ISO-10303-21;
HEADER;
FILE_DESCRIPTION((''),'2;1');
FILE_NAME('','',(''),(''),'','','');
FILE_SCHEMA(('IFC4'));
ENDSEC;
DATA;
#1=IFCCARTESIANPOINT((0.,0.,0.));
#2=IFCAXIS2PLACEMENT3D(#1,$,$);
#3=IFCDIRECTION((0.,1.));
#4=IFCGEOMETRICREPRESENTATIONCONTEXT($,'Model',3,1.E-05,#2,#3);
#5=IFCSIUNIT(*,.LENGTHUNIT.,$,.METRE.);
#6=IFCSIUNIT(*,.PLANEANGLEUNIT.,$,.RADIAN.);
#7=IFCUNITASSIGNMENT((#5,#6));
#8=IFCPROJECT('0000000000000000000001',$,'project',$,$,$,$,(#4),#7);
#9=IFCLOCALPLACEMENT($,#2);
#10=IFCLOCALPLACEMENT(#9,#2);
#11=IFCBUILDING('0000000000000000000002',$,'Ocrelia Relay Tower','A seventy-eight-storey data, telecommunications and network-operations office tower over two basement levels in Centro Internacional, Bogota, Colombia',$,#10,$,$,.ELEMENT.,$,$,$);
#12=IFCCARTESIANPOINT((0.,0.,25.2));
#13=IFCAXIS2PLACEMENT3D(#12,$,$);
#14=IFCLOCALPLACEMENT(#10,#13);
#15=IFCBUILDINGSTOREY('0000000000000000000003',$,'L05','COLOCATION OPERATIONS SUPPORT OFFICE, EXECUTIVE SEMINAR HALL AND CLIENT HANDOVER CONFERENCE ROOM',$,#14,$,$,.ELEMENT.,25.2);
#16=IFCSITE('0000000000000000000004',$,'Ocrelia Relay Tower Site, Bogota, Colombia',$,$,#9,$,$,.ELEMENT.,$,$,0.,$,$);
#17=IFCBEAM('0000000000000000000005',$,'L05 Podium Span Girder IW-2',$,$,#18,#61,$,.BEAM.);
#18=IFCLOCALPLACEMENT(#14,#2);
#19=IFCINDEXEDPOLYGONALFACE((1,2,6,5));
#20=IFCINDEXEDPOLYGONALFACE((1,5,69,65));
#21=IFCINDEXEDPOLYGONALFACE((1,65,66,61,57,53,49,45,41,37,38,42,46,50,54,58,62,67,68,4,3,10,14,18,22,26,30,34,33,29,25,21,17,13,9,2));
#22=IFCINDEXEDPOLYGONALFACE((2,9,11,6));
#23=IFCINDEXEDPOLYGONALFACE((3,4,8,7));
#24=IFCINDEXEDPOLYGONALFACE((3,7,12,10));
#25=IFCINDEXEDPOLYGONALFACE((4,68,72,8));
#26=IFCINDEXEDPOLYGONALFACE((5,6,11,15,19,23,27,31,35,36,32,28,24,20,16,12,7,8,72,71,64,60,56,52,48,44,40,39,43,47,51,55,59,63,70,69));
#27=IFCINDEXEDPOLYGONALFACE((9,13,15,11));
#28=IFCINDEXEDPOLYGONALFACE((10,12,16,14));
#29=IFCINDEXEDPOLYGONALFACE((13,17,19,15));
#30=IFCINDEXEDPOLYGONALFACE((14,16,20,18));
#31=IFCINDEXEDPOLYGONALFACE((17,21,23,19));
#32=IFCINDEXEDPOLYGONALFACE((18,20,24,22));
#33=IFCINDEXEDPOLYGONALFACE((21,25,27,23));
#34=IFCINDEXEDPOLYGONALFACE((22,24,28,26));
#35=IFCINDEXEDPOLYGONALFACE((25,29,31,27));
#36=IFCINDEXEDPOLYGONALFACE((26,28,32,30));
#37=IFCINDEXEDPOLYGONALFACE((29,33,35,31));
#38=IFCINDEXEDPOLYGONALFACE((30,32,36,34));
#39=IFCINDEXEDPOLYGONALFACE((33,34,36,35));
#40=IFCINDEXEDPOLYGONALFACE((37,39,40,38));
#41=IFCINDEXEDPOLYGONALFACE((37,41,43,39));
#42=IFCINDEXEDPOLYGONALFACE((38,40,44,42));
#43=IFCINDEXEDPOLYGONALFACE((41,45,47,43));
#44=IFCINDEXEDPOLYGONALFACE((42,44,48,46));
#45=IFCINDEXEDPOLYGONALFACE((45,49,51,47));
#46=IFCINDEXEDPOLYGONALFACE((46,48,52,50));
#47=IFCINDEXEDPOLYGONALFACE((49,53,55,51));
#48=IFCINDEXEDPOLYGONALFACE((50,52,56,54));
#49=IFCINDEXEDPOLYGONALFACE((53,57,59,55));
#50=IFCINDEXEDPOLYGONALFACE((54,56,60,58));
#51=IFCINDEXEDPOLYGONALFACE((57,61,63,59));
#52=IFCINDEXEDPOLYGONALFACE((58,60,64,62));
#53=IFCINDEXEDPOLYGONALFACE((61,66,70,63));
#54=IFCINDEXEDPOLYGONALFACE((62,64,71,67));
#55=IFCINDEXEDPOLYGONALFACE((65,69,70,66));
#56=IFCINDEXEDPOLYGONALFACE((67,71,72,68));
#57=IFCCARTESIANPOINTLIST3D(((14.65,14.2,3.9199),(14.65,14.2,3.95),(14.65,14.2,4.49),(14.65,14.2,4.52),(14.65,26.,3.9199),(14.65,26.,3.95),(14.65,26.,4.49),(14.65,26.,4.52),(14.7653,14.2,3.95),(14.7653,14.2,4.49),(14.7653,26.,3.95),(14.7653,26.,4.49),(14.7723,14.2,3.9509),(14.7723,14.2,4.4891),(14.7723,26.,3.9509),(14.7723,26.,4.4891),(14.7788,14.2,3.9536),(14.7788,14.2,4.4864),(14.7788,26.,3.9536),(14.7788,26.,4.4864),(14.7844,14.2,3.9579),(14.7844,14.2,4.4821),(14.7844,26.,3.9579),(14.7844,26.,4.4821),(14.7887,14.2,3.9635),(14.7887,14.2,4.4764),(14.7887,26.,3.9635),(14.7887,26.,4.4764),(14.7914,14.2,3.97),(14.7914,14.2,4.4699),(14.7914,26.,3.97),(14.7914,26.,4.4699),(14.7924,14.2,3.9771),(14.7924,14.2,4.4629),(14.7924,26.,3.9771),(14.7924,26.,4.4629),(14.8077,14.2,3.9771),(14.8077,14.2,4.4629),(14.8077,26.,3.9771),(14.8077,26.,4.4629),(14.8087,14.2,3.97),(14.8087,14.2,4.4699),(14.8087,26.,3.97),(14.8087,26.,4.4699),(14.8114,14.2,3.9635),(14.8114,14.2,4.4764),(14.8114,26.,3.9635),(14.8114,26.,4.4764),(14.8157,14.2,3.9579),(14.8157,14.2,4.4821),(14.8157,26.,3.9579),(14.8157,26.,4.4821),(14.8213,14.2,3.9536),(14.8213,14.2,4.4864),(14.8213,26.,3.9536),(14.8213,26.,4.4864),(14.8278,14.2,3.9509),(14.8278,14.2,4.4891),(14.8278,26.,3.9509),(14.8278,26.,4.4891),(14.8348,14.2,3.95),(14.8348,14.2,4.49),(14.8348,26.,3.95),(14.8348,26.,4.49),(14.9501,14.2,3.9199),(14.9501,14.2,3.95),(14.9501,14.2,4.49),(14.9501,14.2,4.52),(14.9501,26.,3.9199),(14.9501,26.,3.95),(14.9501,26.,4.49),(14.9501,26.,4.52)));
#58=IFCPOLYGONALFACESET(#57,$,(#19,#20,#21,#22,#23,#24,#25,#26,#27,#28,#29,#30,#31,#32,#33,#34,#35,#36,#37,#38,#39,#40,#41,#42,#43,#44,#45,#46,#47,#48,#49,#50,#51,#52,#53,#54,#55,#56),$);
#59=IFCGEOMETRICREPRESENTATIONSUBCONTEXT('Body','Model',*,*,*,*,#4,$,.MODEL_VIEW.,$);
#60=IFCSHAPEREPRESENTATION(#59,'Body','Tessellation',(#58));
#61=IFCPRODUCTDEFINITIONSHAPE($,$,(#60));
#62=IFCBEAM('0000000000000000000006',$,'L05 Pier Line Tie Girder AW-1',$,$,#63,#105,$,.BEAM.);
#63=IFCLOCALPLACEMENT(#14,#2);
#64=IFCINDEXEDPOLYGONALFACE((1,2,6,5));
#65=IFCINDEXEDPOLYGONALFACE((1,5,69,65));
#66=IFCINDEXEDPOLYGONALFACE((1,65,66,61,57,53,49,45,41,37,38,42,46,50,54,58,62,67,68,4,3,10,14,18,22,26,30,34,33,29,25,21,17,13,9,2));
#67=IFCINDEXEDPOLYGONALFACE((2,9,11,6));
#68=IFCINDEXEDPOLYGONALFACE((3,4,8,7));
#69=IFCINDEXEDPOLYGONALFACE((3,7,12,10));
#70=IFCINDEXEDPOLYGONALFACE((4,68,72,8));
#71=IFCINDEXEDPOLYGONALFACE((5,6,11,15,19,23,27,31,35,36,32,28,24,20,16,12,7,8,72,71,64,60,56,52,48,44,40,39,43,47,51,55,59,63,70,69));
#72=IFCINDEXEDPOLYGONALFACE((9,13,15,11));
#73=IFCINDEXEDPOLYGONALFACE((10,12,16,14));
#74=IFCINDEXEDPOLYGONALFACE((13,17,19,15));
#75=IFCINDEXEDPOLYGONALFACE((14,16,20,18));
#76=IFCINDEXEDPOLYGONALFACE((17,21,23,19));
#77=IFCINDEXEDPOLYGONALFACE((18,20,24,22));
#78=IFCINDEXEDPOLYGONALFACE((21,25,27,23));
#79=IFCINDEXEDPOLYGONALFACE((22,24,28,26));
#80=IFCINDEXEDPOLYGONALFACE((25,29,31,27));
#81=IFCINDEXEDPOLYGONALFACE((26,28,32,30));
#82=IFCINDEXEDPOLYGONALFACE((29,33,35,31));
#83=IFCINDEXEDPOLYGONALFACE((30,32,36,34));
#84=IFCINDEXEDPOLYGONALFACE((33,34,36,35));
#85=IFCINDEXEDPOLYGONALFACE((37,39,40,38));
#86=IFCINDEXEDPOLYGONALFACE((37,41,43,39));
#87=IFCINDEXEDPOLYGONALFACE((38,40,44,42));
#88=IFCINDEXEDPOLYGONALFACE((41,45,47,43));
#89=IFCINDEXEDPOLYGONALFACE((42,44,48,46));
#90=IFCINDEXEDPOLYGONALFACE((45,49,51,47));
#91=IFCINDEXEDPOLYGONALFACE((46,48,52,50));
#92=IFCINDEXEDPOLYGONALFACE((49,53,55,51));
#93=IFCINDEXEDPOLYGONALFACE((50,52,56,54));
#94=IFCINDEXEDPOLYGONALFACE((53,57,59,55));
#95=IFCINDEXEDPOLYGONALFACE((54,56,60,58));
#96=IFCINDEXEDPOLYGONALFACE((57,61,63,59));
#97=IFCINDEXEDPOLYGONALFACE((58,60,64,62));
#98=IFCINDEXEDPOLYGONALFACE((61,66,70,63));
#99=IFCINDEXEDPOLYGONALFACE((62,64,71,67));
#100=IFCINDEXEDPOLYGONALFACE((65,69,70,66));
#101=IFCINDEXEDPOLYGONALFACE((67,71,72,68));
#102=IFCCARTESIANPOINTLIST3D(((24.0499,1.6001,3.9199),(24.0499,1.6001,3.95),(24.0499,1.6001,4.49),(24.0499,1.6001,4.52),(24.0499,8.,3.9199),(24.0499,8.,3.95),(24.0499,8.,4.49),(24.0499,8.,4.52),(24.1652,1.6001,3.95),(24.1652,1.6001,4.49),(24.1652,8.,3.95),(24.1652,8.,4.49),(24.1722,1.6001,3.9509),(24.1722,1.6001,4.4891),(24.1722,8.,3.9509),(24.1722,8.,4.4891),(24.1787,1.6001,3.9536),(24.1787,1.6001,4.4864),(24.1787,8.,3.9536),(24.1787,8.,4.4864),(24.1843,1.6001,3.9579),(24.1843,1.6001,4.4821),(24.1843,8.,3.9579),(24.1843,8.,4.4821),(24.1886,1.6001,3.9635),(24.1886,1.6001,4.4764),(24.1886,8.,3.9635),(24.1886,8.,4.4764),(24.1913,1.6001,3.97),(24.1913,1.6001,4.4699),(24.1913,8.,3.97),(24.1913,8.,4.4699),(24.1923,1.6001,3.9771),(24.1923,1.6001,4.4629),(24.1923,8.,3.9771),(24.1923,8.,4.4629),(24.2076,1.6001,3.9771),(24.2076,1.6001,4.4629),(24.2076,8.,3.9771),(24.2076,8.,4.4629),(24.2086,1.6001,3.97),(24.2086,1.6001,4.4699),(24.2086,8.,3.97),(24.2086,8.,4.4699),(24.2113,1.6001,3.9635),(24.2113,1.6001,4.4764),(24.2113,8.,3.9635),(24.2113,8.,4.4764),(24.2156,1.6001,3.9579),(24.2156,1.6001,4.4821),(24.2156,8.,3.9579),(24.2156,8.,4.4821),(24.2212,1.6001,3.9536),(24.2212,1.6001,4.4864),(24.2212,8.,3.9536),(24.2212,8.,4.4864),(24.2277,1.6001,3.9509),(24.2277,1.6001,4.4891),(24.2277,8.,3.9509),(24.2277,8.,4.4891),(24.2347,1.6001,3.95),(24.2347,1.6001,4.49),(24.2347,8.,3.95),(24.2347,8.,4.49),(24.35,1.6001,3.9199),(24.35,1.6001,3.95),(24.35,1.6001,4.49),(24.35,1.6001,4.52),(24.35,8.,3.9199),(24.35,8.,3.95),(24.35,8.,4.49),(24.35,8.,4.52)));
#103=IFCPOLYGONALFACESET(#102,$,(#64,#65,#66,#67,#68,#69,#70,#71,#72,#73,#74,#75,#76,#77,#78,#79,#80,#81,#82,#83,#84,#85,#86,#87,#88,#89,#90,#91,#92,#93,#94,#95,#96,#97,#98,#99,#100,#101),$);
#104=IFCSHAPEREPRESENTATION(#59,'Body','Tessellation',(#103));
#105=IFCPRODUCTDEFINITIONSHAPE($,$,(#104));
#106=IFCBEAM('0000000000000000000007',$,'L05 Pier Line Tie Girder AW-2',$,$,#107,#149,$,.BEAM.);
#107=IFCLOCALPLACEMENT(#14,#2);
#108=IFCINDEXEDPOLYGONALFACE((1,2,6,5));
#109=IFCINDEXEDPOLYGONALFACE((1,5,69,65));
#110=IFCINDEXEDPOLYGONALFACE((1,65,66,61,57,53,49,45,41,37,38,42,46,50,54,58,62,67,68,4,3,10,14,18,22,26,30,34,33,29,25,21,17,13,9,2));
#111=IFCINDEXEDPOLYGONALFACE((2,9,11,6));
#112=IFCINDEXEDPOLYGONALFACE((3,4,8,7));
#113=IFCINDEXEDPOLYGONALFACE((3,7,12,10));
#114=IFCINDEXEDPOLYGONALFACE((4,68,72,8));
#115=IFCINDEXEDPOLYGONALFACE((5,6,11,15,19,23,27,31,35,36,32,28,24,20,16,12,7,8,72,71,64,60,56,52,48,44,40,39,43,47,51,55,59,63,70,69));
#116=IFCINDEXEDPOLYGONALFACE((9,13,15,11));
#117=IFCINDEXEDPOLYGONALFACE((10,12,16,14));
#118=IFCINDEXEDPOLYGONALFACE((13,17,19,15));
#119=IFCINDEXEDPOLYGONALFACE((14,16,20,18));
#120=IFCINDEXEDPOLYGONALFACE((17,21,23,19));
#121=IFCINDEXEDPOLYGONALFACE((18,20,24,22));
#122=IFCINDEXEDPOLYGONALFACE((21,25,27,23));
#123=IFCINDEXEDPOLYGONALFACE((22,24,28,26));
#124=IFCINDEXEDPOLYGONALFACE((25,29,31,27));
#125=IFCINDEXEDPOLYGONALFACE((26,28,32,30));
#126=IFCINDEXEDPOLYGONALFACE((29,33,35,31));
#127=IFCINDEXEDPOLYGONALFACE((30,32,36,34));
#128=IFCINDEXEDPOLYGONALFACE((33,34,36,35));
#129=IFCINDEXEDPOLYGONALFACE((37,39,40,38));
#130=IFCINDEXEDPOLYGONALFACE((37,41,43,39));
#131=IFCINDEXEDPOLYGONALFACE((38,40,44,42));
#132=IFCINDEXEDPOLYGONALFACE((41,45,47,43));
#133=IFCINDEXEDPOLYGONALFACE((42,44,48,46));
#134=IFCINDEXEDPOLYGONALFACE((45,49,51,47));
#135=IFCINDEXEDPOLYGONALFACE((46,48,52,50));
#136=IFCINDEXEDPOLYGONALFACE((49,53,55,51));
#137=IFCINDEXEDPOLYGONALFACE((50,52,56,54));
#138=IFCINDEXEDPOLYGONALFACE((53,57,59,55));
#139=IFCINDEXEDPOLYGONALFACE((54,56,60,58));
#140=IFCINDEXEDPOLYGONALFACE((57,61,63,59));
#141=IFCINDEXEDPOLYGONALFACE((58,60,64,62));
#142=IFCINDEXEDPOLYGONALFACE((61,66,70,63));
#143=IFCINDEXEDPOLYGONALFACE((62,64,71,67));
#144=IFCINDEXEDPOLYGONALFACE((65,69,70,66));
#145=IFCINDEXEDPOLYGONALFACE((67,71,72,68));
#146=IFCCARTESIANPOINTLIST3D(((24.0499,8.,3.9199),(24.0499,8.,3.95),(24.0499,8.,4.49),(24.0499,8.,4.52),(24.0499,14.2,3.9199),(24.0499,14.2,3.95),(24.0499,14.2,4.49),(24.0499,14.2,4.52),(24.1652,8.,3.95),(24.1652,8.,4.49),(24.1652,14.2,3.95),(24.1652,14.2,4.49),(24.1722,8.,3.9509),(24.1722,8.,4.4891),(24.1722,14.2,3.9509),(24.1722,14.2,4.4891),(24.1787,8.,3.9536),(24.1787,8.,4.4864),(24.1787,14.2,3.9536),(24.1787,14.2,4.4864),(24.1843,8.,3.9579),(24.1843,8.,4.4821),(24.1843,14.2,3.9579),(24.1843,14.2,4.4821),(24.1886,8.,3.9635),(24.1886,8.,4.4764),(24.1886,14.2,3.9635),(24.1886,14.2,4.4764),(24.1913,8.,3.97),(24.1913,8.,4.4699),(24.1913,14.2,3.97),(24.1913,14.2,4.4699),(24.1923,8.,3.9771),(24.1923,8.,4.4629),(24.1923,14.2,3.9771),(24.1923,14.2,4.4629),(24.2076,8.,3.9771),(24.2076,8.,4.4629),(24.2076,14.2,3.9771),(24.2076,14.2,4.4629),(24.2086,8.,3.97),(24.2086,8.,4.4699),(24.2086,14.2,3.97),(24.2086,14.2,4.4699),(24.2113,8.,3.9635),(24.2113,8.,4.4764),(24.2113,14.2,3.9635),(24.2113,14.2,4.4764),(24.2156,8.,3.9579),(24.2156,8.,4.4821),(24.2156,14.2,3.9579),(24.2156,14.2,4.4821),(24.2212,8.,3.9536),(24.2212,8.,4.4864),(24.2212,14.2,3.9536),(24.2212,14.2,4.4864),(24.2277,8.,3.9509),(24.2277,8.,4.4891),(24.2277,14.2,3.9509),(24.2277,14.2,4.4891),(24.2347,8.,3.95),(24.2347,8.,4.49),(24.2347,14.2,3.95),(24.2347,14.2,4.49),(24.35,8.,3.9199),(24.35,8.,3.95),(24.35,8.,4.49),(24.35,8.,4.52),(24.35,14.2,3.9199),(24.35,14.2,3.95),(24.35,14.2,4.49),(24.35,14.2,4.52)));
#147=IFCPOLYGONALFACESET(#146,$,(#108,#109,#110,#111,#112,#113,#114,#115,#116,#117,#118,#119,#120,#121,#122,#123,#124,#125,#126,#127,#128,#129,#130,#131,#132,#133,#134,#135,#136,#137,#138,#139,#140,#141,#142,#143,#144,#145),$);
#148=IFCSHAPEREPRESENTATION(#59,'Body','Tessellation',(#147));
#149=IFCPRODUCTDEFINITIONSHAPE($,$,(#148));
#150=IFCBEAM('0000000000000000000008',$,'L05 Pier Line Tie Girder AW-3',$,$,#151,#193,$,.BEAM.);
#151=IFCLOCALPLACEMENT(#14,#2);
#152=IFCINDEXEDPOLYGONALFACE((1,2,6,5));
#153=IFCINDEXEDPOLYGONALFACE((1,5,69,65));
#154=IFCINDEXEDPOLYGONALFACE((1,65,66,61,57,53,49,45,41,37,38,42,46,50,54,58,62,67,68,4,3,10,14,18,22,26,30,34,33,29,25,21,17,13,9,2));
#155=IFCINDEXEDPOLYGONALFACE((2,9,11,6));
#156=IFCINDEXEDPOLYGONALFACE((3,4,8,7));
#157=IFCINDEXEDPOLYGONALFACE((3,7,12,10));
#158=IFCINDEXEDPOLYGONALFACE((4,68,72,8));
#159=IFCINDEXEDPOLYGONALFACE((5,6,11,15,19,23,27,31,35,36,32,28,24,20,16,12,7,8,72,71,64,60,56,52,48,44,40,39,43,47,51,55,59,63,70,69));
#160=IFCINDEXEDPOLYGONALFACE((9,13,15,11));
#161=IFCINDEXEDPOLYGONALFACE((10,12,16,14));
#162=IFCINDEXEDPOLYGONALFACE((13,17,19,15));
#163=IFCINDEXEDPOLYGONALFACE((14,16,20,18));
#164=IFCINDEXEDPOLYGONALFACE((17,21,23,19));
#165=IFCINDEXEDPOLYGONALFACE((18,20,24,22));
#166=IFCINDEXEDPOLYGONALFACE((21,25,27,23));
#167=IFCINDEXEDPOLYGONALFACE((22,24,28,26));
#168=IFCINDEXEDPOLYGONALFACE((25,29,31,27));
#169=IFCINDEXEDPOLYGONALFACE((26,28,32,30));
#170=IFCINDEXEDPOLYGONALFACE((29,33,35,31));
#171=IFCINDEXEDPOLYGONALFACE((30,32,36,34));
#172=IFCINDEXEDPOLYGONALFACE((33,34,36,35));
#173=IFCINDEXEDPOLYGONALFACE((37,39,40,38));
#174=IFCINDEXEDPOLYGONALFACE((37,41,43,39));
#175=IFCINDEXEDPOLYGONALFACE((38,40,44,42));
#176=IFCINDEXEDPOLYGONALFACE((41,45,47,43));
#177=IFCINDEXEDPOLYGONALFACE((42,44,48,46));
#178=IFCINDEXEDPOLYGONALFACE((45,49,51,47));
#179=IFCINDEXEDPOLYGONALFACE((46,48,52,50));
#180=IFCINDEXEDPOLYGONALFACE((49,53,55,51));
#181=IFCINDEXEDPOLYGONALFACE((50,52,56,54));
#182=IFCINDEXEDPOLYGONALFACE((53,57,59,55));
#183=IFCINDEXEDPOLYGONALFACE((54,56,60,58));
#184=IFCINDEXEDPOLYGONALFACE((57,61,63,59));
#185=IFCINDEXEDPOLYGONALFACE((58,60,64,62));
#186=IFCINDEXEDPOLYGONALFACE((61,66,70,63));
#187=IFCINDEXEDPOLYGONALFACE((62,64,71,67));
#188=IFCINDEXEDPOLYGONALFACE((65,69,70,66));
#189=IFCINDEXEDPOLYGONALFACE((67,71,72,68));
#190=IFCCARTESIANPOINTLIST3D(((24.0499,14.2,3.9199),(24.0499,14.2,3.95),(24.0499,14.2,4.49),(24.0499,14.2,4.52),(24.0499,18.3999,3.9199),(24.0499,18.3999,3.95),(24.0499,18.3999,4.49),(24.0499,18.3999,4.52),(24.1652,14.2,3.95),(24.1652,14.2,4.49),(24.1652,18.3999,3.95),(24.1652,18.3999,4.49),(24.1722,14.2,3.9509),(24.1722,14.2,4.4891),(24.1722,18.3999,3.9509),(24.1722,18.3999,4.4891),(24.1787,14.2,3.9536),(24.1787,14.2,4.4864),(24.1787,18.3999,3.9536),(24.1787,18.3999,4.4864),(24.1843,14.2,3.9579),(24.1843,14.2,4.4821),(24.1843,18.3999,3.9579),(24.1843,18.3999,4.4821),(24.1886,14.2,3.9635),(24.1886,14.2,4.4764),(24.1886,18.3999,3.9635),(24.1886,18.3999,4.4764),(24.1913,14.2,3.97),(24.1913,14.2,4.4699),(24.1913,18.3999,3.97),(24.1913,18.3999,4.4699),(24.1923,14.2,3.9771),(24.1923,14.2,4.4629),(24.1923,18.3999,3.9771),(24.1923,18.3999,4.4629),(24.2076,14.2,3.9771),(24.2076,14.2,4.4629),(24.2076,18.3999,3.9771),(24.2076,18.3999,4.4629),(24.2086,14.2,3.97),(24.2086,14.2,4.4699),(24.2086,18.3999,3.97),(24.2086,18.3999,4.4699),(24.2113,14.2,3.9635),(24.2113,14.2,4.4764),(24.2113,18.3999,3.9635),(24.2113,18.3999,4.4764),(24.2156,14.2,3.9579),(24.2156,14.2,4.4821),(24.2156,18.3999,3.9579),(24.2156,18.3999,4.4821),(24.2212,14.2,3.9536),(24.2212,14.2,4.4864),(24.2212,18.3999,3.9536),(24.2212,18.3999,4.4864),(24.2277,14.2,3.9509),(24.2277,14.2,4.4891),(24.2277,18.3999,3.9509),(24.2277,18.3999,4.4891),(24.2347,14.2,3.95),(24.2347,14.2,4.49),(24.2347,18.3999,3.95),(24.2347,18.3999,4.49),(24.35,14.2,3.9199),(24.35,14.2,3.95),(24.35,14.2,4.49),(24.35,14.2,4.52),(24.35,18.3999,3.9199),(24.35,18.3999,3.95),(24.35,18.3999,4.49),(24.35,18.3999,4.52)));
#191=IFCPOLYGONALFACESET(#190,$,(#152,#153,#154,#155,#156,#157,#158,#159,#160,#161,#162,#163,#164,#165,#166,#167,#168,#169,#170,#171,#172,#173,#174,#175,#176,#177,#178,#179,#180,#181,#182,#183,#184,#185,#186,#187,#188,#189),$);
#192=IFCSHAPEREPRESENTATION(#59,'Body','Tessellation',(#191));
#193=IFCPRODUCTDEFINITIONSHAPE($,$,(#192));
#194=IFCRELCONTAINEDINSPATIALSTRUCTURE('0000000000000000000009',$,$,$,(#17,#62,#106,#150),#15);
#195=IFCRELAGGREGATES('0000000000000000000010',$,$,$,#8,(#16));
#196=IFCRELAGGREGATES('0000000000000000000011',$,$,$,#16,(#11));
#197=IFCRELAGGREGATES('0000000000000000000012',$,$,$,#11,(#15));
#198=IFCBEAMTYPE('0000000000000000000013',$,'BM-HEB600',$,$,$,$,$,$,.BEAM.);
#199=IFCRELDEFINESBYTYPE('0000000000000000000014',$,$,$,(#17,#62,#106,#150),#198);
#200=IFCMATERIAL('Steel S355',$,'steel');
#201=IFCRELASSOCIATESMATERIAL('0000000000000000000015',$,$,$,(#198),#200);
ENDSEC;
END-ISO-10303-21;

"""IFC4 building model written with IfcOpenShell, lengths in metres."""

from ifc_helpers import new_model, si_unit, direction, frame, origin, origin_2d, place, context, subcontext, project, spatial, i_section, extrude, material, material_profile, profile_set, type_object, element, save


model = new_model("IFC4")

# Units and contexts
model_context = context("Model", 3, precision=1e-05, world=origin(), true_north=direction((0.0, 1.0)))
body_context = subcontext(model_context, "Body", "Model", "MODEL_VIEW")
ifc_project = project(units=[si_unit("LENGTHUNIT", "METRE"), si_unit("PLANEANGLEUNIT", "RADIAN")], contexts=[model_context])

# Site, building, storey
site_placement = place(None, origin())
site = spatial("IfcSite", under=ifc_project, at=site_placement, Name="Ocrelia Relay Tower Site, Bogota, Colombia", CompositionType="ELEMENT", RefElevation=0.0)
building_placement = place(site_placement, origin())
building = spatial("IfcBuilding", under=site, at=building_placement, Name="Ocrelia Relay Tower", Description="A seventy-eight-storey data, telecommunications and network-operations office tower over two basement levels in Centro Internacional, Bogota, Colombia", CompositionType="ELEMENT")
storey_placement = place(building_placement, frame((0.0, 0.0, 25.2)))
storey = spatial("IfcBuildingStorey", under=building, at=storey_placement, Name="L05", Description="COLOCATION OPERATIONS SUPPORT OFFICE, EXECUTIVE SEMINAR HALL AND CLIENT HANDOVER CONFERENCE ROOM", CompositionType="ELEMENT", Elevation=25.2)

# Beams
ifc_material_1 = material(Name="Steel S355", Category="steel")
ifc_material_profile_1 = material_profile(ifc_material_1, i_section(OverallWidth=0.3, OverallDepth=0.6001, WebThickness=0.0154, FlangeThickness=0.03, FilletRadius=0.0271, at=origin_2d()), Name="HEB 600")
ifc_profile_set_1 = profile_set([ifc_material_profile_1], Name="Steel S355")
beam_type_1 = type_object("IfcBeamType", Name="BM-HEB600", PredefinedType="BEAM", material=ifc_profile_set_1)
beam_1_placement = place(storey_placement, frame((14.8, 14.2, 4.22), z_axis=(0.0, 1.0, 0.0), x_axis=(-1.0, 0.0, 0.0)))
element("IfcBeam", 1, at=beam_1_placement, inside=storey, type_object=beam_type_1, Name="L05 Podium Span Girder IW-2", PredefinedType="BEAM", context=body_context, shape_type="SweptSolid", body=[
    extrude(i_section(OverallWidth=0.3, OverallDepth=0.6001, WebThickness=0.0154, FlangeThickness=0.03, FilletRadius=0.0271, at=origin_2d()), origin(), (0.0, 0.0, 1.0), 11.8),
])
beam_2_placement = place(storey_placement, frame((24.2, 1.6001, 4.22), z_axis=(0.0, 1.0, 0.0), x_axis=(-1.0, 0.0, 0.0)))
element("IfcBeam", 2, at=beam_2_placement, inside=storey, type_object=beam_type_1, Name="L05 Pier Line Tie Girder AW-1", PredefinedType="BEAM", context=body_context, shape_type="SweptSolid", body=[
    extrude(i_section(OverallWidth=0.3, OverallDepth=0.6001, WebThickness=0.0154, FlangeThickness=0.03, FilletRadius=0.0271, at=origin_2d()), origin(), (0.0, 0.0, 1.0), 6.3999),
])
beam_3_placement = place(storey_placement, frame((24.2, 8.0, 4.22), z_axis=(0.0, 1.0, 0.0), x_axis=(-1.0, 0.0, 0.0)))
element("IfcBeam", 3, at=beam_3_placement, inside=storey, type_object=beam_type_1, Name="L05 Pier Line Tie Girder AW-2", PredefinedType="BEAM", context=body_context, shape_type="SweptSolid", body=[
    extrude(i_section(OverallWidth=0.3, OverallDepth=0.6001, WebThickness=0.0154, FlangeThickness=0.03, FilletRadius=0.0271, at=origin_2d()), origin(), (0.0, 0.0, 1.0), 6.2),
])
beam_4_placement = place(storey_placement, frame((24.2, 14.2, 4.22), z_axis=(0.0, 1.0, 0.0), x_axis=(-1.0, 0.0, 0.0)))
element("IfcBeam", 4, at=beam_4_placement, inside=storey, type_object=beam_type_1, Name="L05 Pier Line Tie Girder AW-3", PredefinedType="BEAM", context=body_context, shape_type="SweptSolid", body=[
    extrude(i_section(OverallWidth=0.3, OverallDepth=0.6001, WebThickness=0.0154, FlangeThickness=0.03, FilletRadius=0.0271, at=origin_2d()), origin(), (0.0, 0.0, 1.0), 4.2),
])

save(model, "model.ifc")
